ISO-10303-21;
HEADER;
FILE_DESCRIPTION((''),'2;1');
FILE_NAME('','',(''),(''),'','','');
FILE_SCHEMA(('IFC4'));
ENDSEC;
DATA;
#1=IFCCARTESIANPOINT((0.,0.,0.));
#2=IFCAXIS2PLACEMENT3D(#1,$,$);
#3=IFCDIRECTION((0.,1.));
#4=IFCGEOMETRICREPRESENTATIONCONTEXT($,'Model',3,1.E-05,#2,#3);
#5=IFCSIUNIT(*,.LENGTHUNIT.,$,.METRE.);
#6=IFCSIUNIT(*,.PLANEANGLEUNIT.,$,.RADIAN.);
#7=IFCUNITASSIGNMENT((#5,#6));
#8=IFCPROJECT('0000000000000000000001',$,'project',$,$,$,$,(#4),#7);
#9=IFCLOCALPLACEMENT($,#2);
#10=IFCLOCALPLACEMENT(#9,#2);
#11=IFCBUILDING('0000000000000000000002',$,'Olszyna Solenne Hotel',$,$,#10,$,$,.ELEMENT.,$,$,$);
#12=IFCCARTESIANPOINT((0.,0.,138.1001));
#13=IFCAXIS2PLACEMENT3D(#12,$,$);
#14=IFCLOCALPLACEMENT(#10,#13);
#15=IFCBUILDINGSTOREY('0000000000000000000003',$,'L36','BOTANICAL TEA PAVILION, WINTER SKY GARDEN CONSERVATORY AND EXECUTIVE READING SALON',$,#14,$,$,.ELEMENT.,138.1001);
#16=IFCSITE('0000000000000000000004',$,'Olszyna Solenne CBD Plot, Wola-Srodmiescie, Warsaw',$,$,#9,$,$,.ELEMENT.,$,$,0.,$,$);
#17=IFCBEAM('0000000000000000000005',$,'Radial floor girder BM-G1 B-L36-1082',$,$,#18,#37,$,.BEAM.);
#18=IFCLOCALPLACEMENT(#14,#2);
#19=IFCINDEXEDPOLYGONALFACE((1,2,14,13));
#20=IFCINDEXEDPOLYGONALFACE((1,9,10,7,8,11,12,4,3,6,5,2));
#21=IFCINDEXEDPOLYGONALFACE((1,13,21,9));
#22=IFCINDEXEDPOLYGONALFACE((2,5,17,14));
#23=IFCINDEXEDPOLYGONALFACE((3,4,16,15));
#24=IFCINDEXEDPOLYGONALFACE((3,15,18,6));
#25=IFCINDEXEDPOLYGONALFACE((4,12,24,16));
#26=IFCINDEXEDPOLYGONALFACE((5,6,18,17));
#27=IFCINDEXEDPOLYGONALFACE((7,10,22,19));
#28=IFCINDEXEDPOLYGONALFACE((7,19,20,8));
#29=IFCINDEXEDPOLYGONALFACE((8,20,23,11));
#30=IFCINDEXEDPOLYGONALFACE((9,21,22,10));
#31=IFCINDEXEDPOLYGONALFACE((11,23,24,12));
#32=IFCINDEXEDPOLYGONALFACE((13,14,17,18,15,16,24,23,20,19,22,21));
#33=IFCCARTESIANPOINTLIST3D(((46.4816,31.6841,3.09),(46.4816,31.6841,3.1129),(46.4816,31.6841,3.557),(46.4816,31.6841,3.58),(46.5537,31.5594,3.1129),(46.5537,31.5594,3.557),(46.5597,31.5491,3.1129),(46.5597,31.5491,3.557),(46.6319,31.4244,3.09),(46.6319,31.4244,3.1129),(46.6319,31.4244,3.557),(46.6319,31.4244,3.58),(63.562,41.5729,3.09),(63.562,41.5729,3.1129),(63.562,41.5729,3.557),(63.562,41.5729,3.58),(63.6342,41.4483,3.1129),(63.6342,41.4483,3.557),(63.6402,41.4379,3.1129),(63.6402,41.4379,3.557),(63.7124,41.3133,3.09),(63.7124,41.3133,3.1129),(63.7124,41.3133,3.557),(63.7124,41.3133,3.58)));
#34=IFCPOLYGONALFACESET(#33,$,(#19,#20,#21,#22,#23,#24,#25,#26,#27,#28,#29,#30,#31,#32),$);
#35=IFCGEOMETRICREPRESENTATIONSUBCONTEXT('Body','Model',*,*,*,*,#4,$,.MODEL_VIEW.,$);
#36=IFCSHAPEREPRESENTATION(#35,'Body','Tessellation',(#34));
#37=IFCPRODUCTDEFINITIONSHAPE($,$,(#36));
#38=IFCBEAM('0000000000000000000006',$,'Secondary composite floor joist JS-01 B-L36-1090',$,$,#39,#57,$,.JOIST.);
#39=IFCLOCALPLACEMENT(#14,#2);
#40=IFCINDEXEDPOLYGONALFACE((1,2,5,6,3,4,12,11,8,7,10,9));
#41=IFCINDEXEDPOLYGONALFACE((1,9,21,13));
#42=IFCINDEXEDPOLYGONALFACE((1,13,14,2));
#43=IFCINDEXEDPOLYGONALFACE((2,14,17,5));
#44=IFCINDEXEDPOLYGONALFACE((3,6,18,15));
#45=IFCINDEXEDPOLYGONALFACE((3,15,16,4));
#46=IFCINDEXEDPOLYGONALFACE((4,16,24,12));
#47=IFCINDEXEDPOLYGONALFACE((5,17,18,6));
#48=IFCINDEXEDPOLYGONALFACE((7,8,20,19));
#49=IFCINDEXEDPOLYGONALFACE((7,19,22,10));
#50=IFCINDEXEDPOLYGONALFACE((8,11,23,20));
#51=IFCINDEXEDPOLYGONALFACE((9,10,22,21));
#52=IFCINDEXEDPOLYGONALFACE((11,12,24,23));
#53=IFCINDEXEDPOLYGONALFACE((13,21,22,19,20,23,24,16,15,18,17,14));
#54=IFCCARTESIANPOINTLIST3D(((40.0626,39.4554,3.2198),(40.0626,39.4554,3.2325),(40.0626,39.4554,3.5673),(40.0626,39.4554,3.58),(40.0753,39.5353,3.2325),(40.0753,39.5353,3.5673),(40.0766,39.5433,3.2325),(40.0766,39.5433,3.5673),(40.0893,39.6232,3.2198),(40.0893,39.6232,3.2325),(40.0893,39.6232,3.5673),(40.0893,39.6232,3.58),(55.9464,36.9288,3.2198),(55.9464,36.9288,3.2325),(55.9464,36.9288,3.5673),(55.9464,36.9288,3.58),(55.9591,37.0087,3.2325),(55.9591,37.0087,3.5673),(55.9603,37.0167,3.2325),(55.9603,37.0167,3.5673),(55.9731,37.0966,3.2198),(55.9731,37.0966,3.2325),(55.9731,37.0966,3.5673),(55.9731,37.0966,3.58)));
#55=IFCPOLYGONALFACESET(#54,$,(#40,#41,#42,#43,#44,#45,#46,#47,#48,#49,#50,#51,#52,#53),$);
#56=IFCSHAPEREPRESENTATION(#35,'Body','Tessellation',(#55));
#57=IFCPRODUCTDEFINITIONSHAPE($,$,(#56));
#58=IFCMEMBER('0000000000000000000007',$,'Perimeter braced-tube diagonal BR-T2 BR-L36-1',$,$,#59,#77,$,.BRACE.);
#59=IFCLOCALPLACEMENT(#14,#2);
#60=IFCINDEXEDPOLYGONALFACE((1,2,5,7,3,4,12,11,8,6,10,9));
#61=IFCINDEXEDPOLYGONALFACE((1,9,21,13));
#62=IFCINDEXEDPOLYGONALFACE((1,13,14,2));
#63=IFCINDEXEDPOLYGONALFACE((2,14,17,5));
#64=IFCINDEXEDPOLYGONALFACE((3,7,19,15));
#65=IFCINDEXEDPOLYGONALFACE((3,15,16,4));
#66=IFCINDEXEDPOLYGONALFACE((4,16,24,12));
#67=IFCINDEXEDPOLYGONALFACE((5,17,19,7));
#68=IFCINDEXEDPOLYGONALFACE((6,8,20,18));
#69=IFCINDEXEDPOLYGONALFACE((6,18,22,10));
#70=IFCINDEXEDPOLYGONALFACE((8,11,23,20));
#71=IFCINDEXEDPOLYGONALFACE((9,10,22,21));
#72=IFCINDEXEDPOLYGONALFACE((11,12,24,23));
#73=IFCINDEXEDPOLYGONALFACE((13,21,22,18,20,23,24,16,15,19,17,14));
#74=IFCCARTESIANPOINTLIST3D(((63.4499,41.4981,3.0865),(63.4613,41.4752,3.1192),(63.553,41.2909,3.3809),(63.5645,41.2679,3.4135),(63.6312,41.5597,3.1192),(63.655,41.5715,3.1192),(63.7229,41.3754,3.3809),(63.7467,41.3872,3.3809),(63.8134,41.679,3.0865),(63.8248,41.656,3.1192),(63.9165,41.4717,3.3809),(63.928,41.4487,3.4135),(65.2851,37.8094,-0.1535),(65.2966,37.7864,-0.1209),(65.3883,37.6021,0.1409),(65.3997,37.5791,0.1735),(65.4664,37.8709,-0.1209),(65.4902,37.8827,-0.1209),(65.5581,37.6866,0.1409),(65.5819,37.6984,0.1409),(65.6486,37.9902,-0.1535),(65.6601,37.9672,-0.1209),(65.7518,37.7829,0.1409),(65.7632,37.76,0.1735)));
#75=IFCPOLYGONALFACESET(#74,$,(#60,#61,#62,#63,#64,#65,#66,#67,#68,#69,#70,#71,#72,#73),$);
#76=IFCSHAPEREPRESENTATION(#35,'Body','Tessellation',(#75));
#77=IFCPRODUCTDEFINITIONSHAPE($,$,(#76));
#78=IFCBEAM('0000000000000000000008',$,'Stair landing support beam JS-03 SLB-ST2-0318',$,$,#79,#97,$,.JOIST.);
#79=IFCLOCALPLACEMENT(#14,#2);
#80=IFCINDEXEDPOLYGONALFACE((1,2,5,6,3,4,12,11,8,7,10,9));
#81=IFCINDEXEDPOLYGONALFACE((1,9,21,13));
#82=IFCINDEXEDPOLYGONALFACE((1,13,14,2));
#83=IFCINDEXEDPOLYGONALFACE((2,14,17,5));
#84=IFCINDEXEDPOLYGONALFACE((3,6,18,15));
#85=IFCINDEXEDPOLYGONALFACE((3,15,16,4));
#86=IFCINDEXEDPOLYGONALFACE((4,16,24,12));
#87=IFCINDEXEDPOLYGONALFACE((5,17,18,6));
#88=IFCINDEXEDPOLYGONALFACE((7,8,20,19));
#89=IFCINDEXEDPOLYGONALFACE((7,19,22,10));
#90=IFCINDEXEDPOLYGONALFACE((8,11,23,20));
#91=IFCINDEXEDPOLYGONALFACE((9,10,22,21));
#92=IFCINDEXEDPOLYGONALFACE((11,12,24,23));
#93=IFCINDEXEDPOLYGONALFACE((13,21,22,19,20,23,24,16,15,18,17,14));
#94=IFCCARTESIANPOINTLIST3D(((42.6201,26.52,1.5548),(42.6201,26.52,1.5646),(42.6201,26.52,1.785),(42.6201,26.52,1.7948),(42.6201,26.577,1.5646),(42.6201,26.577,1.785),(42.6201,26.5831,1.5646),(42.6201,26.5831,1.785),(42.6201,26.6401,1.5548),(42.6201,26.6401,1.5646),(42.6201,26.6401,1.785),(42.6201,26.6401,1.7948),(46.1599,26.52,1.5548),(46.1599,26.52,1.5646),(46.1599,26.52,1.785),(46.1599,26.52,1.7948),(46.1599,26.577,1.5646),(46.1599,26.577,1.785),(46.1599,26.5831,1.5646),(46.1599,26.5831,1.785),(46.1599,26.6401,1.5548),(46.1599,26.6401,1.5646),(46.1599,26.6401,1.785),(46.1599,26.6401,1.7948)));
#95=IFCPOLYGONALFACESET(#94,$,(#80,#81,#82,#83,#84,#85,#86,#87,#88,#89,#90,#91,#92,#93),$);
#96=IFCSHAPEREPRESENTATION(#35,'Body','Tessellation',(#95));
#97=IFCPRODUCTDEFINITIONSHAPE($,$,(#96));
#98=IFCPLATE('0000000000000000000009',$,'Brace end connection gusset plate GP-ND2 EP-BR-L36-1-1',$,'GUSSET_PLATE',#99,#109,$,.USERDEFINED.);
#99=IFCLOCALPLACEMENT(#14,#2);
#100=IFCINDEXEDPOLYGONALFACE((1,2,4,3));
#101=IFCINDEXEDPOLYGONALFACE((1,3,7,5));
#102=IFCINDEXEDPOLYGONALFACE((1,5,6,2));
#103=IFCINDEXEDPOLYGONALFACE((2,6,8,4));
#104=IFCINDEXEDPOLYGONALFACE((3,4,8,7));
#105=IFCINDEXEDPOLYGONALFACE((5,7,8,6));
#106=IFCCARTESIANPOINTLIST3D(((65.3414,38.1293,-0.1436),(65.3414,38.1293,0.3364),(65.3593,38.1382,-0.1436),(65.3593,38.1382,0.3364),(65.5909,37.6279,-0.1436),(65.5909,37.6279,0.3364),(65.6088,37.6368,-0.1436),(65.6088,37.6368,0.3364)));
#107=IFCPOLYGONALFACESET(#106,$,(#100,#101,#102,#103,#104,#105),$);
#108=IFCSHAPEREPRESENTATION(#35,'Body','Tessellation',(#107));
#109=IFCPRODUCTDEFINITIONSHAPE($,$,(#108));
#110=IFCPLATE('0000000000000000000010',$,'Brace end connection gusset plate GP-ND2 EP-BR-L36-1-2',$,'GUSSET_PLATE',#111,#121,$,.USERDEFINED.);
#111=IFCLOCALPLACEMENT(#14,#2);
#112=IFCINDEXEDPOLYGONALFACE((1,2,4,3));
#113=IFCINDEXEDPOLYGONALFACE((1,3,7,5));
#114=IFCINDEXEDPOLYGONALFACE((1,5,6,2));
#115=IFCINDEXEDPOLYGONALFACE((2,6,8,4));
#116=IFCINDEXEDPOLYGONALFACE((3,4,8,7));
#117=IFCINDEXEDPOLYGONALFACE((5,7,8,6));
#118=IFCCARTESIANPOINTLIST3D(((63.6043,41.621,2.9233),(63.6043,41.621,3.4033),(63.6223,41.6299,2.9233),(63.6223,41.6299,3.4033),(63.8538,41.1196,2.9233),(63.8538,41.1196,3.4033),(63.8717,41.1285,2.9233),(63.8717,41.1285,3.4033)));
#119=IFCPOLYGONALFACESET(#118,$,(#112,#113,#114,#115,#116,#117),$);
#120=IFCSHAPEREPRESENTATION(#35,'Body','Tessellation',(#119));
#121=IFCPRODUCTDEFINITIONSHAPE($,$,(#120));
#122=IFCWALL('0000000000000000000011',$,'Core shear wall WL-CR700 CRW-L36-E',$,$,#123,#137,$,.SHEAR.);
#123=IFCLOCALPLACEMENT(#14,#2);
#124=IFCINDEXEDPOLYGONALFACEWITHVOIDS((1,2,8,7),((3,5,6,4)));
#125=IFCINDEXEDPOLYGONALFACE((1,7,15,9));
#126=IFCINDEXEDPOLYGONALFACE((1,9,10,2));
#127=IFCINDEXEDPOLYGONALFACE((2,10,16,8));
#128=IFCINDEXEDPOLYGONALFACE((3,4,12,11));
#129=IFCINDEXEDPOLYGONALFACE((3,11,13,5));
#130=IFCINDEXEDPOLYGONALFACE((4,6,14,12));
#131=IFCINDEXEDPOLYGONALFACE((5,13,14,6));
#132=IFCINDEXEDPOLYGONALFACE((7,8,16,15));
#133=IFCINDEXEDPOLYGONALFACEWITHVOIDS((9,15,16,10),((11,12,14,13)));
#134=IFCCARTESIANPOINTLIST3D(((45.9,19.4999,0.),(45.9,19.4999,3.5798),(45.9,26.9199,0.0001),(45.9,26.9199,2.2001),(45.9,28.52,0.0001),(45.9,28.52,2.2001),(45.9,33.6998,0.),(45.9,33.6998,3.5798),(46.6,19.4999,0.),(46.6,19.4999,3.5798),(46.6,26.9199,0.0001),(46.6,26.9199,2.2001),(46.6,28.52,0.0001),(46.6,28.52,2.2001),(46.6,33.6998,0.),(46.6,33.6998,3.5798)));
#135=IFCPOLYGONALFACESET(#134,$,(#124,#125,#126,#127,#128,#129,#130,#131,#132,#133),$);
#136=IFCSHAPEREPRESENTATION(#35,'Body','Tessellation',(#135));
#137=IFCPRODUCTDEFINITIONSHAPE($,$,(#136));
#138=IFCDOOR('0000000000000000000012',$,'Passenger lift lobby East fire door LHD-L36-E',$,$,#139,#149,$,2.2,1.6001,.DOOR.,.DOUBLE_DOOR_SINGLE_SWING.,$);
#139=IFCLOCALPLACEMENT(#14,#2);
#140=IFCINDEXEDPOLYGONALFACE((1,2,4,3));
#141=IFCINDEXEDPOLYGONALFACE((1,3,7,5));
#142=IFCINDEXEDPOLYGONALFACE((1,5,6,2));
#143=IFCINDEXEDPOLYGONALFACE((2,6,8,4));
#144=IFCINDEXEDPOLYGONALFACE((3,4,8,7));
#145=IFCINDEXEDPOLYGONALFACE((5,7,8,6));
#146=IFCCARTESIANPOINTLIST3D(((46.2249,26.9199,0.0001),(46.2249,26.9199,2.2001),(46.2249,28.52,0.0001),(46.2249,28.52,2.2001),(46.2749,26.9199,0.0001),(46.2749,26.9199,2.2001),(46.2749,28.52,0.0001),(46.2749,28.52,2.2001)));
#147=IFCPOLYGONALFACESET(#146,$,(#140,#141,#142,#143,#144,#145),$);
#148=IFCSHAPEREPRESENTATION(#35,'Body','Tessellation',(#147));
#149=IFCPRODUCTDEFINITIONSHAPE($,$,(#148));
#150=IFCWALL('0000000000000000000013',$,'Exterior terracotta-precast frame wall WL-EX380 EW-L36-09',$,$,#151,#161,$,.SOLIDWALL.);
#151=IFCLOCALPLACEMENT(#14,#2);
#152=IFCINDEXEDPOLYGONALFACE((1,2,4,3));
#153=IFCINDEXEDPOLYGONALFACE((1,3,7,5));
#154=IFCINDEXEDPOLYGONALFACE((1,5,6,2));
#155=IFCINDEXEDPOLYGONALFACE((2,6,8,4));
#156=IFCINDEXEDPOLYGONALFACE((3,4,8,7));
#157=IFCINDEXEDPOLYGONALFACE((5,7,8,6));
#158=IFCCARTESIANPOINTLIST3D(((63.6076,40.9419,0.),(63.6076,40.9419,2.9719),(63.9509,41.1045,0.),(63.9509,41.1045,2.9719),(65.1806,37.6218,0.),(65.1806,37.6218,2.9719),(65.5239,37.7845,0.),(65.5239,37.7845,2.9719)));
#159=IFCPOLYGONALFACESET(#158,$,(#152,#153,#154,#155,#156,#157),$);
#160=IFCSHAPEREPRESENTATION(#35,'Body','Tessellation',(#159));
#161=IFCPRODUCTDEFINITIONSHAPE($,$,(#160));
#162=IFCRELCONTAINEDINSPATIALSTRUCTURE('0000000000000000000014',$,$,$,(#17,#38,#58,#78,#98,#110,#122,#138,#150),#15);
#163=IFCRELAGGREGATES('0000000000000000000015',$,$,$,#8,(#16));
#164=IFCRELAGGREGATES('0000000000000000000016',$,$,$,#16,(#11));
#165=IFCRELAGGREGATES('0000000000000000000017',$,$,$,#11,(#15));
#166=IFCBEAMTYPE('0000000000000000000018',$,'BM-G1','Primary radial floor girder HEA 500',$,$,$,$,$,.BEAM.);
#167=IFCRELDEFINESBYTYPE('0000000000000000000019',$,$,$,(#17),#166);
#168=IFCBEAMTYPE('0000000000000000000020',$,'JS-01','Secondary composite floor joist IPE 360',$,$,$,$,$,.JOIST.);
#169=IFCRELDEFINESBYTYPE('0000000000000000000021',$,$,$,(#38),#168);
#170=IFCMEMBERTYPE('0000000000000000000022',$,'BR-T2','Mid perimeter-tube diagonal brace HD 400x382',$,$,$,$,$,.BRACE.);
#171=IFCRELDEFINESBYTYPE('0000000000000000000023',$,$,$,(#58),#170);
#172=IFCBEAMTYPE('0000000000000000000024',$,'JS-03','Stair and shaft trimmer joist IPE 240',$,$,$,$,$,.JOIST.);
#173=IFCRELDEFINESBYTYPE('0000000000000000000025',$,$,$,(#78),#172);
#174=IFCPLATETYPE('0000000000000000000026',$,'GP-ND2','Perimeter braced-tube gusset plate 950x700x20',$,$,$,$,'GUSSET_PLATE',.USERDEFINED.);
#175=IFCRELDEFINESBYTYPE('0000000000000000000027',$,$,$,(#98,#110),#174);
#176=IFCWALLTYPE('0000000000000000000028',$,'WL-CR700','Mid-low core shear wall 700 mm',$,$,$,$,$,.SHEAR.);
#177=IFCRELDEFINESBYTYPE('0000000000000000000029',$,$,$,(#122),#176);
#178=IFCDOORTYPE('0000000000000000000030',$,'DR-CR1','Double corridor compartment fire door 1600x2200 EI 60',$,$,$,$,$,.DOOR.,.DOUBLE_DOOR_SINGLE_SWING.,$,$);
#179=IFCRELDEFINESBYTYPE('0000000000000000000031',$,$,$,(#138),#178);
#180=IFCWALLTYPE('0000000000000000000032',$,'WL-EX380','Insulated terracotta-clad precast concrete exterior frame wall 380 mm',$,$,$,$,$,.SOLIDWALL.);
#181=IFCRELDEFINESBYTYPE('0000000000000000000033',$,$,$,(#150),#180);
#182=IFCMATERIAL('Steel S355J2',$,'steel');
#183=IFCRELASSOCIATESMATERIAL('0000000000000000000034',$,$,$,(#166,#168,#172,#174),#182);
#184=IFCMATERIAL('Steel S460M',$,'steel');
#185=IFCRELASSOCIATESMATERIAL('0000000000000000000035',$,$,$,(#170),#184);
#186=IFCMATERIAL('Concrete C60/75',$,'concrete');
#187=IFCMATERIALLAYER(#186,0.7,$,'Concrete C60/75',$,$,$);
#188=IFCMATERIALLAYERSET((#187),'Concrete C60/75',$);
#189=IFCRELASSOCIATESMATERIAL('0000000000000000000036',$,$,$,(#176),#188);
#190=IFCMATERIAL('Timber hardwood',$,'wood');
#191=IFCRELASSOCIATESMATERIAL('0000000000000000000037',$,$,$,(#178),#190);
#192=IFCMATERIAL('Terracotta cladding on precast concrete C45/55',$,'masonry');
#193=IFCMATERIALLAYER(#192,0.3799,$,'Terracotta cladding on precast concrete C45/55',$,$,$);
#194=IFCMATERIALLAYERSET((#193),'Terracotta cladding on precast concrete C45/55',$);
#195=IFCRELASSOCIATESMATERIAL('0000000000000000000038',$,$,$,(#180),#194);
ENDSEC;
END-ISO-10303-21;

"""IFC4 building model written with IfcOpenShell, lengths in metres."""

from ifc_helpers import new_model, si_unit, direction, frame, frame_2d, origin, origin_2d, place, context, subcontext, project, spatial, rectangle, i_section, extrude, source, transform, mapped, material, layer, layer_set, material_profile, profile_set, type_object, type_shapes, element, fill, save


model = new_model("IFC4")

# Units and contexts
model_context = context("Model", 3, precision=1e-05, world=origin(), true_north=direction((0.0, 1.0)))
body_context = subcontext(model_context, "Body", "Model", "MODEL_VIEW")
ifc_project = project(units=[si_unit("LENGTHUNIT", "METRE"), si_unit("PLANEANGLEUNIT", "RADIAN")], contexts=[model_context])

# Site, building, storey
site_placement = place(None, origin())
site = spatial("IfcSite", under=ifc_project, at=site_placement, Name="Olszyna Solenne CBD Plot, Wola-Srodmiescie, Warsaw", CompositionType="ELEMENT", RefElevation=0.0)
building_placement = place(site_placement, origin())
building = spatial("IfcBuilding", under=site, at=building_placement, Name="Olszyna Solenne Hotel", CompositionType="ELEMENT")
storey_placement = place(building_placement, frame((0.0, 0.0, 138.1001)))
storey = spatial("IfcBuildingStorey", under=building, at=storey_placement, Name="L36", Description="BOTANICAL TEA PAVILION, WINTER SKY GARDEN CONSERVATORY AND EXECUTIVE READING SALON", CompositionType="ELEMENT", Elevation=138.1001)

# Shared definitions
ifc_material_1 = material(Name="Steel S460M", Category="steel")

# Beams
ifc_material_2 = material(Name="Steel S355J2", Category="steel")
ifc_material_profile_1 = material_profile(ifc_material_2, i_section(OverallWidth=0.3, OverallDepth=0.49, WebThickness=0.012, FlangeThickness=0.0229, at=origin_2d()), Name="HEA 500", Category="load-bearing")
ifc_profile_set_1 = profile_set([ifc_material_profile_1], Name="Steel S355J2")
beam_type_1 = type_object("IfcBeamType", Name="BM-G1", Description="Primary radial floor girder HEA 500", PredefinedType="BEAM", material=ifc_profile_set_1)
shared_shape_1 = source(origin(), body_context, "Body", "SweptSolid", [
    extrude(i_section(OverallWidth=0.3, OverallDepth=0.49, WebThickness=0.012, FlangeThickness=0.0229, at=origin_2d()), origin(), (0.0, 0.0, 1.0), 19.7366),
])
beam_1_placement = place(storey_placement, frame((63.6372, 41.4431, 3.335), z_axis=(-0.865423, -0.501043, 0.0), x_axis=(0.501043, -0.865423, 0.0)))
element("IfcBeam", 1, at=beam_1_placement, inside=storey, type_object=beam_type_1, Name="Radial floor girder BM-G1 B-L36-1082", PredefinedType="BEAM", context=body_context, shape_type="MappedRepresentation", body=[
    mapped(shared_shape_1, transform((0.0, 0.0, 0.0), x_axis=(1.0, 0.0, 0.0), y_axis=(0.0, 1.0, 0.0), z_axis=(0.0, 0.0, 1.0), scale=1.0)),
])
ifc_material_profile_2 = material_profile(ifc_material_2, i_section(OverallWidth=0.1699, OverallDepth=0.3601, WebThickness=0.0081, FlangeThickness=0.0127, at=origin_2d()), Name="IPE 360", Category="load-bearing")
ifc_profile_set_2 = profile_set([ifc_material_profile_2], Name="Steel S355J2")
beam_type_2 = type_object("IfcBeamType", Name="JS-01", Description="Secondary composite floor joist IPE 360", PredefinedType="JOIST", material=ifc_profile_set_2)
shared_shape_2 = source(origin(), body_context, "Body", "SweptSolid", [
    extrude(i_section(OverallWidth=0.1699, OverallDepth=0.3601, WebThickness=0.0081, FlangeThickness=0.0127, at=origin_2d()), origin(), (0.0, 0.0, 1.0), 16.0835),
])
beam_2_placement = place(storey_placement, frame((55.9597, 37.0127, 3.3999), z_axis=(-0.987584, 0.157094, 0.0), x_axis=(-0.157094, -0.987584, 0.0)))
element("IfcBeam", 2, at=beam_2_placement, inside=storey, type_object=beam_type_2, Name="Secondary composite floor joist JS-01 B-L36-1090", PredefinedType="JOIST", context=body_context, shape_type="MappedRepresentation", body=[
    mapped(shared_shape_2, transform((0.0, 0.0, 0.0), x_axis=(1.0, 0.0, 0.0), y_axis=(0.0, 1.0, 0.0), z_axis=(0.0, 0.0, 1.0), scale=1.0)),
])

# Member
ifc_material_profile_3 = material_profile(ifc_material_1, i_section(OverallWidth=0.406, OverallDepth=0.416, WebThickness=0.0266, FlangeThickness=0.0415, at=origin_2d()), Name="HD 400x382", Category="load-bearing")
ifc_profile_set_3 = profile_set([ifc_material_profile_3], Name="Steel S460M")
member_type = type_object("IfcMemberType", Name="BR-T2", Description="Mid perimeter-tube diagonal brace HD 400x382", PredefinedType="BRACE", material=ifc_profile_set_3)
shared_shape_3 = source(origin(), body_context, "Body", "SweptSolid", [
    extrude(i_section(OverallWidth=0.406, OverallDepth=0.416, WebThickness=0.0266, FlangeThickness=0.0415, at=origin_2d()), origin(), (0.0, 0.0, 1.0), 5.2415),
])
member_placement = place(storey_placement, frame((65.5242, 37.7847, 0.01), z_axis=(-0.350137, 0.703768, 0.618155), x_axis=(-0.895314, -0.445435, 0.0)))
element("IfcMember", 3, at=member_placement, inside=storey, type_object=member_type, Name="Perimeter braced-tube diagonal BR-T2 BR-L36-1", PredefinedType="BRACE", context=body_context, shape_type="MappedRepresentation", body=[
    mapped(shared_shape_3, transform((0.0, 0.0, 0.0), x_axis=(1.0, 0.0, 0.0), y_axis=(0.0, 1.0, 0.0), z_axis=(0.0, 0.0, 1.0), scale=1.0)),
])

# Beam
ifc_material_profile_4 = material_profile(ifc_material_2, i_section(OverallWidth=0.1201, OverallDepth=0.24, WebThickness=0.0061, FlangeThickness=0.0098, at=origin_2d()), Name="IPE 240", Category="load-bearing")
ifc_profile_set_4 = profile_set([ifc_material_profile_4], Name="Steel S355J2")
beam_type_3 = type_object("IfcBeamType", Name="JS-03", Description="Stair and shaft trimmer joist IPE 240", PredefinedType="JOIST", material=ifc_profile_set_4)
shared_shape_4 = source(origin(), body_context, "Body", "SweptSolid", [
    extrude(i_section(OverallWidth=0.1201, OverallDepth=0.24, WebThickness=0.0061, FlangeThickness=0.0098, at=origin_2d()), origin(), (0.0, 0.0, 1.0), 3.5398),
])
beam_3_placement = place(storey_placement, frame((46.1599, 26.5801, 1.6748), z_axis=(-1.0, 0.0, 0.0), x_axis=(0.0, -1.0, 0.0)))
element("IfcBeam", 4, at=beam_3_placement, inside=storey, type_object=beam_type_3, Name="Stair landing support beam JS-03 SLB-ST2-0318", PredefinedType="JOIST", context=body_context, shape_type="MappedRepresentation", body=[
    mapped(shared_shape_4, transform((0.0, 0.0, 0.0), x_axis=(1.0, 0.0, 0.0), y_axis=(0.0, 1.0, 0.0), z_axis=(0.0, 0.0, 1.0), scale=1.0)),
])

# Plates
plate_type = type_object("IfcPlateType", Name="GP-ND2", Description="Perimeter braced-tube gusset plate 950x700x20", ElementType="GUSSET_PLATE", PredefinedType="USERDEFINED", material=ifc_material_2)
shared_shape_5 = source(origin(), body_context, "Body", "SweptSolid", [
    extrude(rectangle(XDim=0.5601, YDim=0.02, at=origin_2d()), origin(), (0.0, 0.0, 1.0), 0.48),
])
for number, where, z_axis, x_axis, name in (
    (5, (65.4751, 37.8831, -0.1436), (0.0, 0.0, 1.0), (-0.445417, 0.895323, 0.0), "Brace end connection gusset plate GP-ND2 EP-BR-L36-1-1"),
    (6, (63.738, 41.3748, 2.9233), (0.0, 0.0, 1.0), (-0.445417, 0.895323, 0.0), "Brace end connection gusset plate GP-ND2 EP-BR-L36-1-2"),
):
    element("IfcPlate", number, at=place(storey_placement, frame(where, z_axis=z_axis, x_axis=x_axis)), inside=storey, type_object=plate_type, Name=name, ObjectType="GUSSET_PLATE", PredefinedType="USERDEFINED", context=body_context, shape_type="MappedRepresentation", body=[
        mapped(shared_shape_5, transform((0.0, 0.0, 0.0), x_axis=(1.0, 0.0, 0.0), y_axis=(0.0, 1.0, 0.0), z_axis=(0.0, 0.0, 1.0), scale=1.0)),
    ])

# Wall, opening, door
ifc_material_3 = material(Name="Concrete C60/75", Category="concrete")
ifc_layer_1 = layer(ifc_material_3, 0.7, Name="Concrete C60/75")
ifc_layer_set_1 = layer_set([ifc_layer_1], Name="Concrete C60/75")
wall_type_1 = type_object("IfcWallType", Name="WL-CR700", Description="Mid-low core shear wall 700 mm", PredefinedType="SHEAR", material=ifc_layer_set_1)
wall_1_placement = place(storey_placement, frame((46.25, 33.7, 0.0), z_axis=(0.0, 0.0, 1.0), x_axis=(0.0, -1.0, 0.0)))
wall_1 = element("IfcWall", 7, at=wall_1_placement, inside=storey, type_object=wall_type_1, Name="Core shear wall WL-CR700 CRW-L36-E", PredefinedType="SHEAR", context=body_context, shape_type="SweptSolid", body=[
    extrude(rectangle(XDim=14.2, YDim=0.7, at=frame_2d((7.1001, 0.0))), origin(), (0.0, 0.0, 1.0), 3.5798),
])
opening_1_placement = place(wall_1_placement, frame((5.1799, 0.0, 0.0)))
opening_1 = element("IfcOpeningElement", 8, at=opening_1_placement, cuts=wall_1, PredefinedType="OPENING", context=body_context, shape_type="SweptSolid", body=[
    extrude(rectangle(XDim=1.6001, YDim=2.2, at=frame_2d((0.8, 1.1001))), frame((0.0, 0.3599, 0.0), z_axis=(0.0, -1.0, 0.0), x_axis=(1.0, 0.0, 0.0)), (0.0, 0.0, 1.0), 0.72),
])
ifc_material_4 = material(Name="Timber hardwood", Category="wood")
door_type_1 = type_object("IfcDoorType", Name="DR-CR1", Description="Double corridor compartment fire door 1600x2200 EI 60", OperationType="DOUBLE_DOOR_SINGLE_SWING", PredefinedType="DOOR", material=ifc_material_4)
shared_shape_6 = source(origin(), body_context, "Body", "SweptSolid", [
    extrude(rectangle(XDim=1.6001, YDim=2.2, at=frame_2d((0.8, 1.1001))), frame((0.0, 0.0249, 0.0), z_axis=(0.0, -1.0, 0.0), x_axis=(1.0, 0.0, 0.0)), (0.0, 0.0, 1.0), 0.05),
])
type_shapes(door_type_1, [shared_shape_6])
door_1_placement = place(opening_1_placement, origin())
door_1 = element("IfcDoor", 9, at=door_1_placement, inside=storey, type_object=door_type_1, Name="Passenger lift lobby East fire door LHD-L36-E", OperationType="DOUBLE_DOOR_SINGLE_SWING", OverallHeight=2.2, OverallWidth=1.6001, PredefinedType="DOOR", context=body_context, shape_type="MappedRepresentation", body=[
    mapped(shared_shape_6, transform((0.0, 0.0, 0.0), x_axis=(1.0, 0.0, 0.0), y_axis=(0.0, 1.0, 0.0), z_axis=(0.0, 0.0, 1.0), scale=1.0)),
])
fill(opening_1, door_1)

# Wall
ifc_material_5 = material(Name="Terracotta cladding on precast concrete C45/55", Category="masonry")
ifc_layer_2 = layer(ifc_material_5, 0.3799, Name="Terracotta cladding on precast concrete C45/55")
ifc_layer_set_2 = layer_set([ifc_layer_2], Name="Terracotta cladding on precast concrete C45/55")
wall_type_2 = type_object("IfcWallType", Name="WL-EX380", Description="Insulated terracotta-clad precast concrete exterior frame wall 380 mm", PredefinedType="SOLIDWALL", material=ifc_layer_set_2)
wall_2_placement = place(storey_placement, frame((63.7793, 41.0232, 0.0), z_axis=(0.0, 0.0, 1.0), x_axis=(0.428161, -0.903703, 0.0)))
element("IfcWall", 10, at=wall_2_placement, inside=storey, type_object=wall_type_2, Name="Exterior terracotta-precast frame wall WL-EX380 EW-L36-09", PredefinedType="SOLIDWALL", context=body_context, shape_type="SweptSolid", body=[
    extrude(rectangle(XDim=3.6738, YDim=0.3799, at=frame_2d((1.8369, 0.0))), origin(), (0.0, 0.0, 1.0), 2.9719),
])

save(model, "model.ifc")
